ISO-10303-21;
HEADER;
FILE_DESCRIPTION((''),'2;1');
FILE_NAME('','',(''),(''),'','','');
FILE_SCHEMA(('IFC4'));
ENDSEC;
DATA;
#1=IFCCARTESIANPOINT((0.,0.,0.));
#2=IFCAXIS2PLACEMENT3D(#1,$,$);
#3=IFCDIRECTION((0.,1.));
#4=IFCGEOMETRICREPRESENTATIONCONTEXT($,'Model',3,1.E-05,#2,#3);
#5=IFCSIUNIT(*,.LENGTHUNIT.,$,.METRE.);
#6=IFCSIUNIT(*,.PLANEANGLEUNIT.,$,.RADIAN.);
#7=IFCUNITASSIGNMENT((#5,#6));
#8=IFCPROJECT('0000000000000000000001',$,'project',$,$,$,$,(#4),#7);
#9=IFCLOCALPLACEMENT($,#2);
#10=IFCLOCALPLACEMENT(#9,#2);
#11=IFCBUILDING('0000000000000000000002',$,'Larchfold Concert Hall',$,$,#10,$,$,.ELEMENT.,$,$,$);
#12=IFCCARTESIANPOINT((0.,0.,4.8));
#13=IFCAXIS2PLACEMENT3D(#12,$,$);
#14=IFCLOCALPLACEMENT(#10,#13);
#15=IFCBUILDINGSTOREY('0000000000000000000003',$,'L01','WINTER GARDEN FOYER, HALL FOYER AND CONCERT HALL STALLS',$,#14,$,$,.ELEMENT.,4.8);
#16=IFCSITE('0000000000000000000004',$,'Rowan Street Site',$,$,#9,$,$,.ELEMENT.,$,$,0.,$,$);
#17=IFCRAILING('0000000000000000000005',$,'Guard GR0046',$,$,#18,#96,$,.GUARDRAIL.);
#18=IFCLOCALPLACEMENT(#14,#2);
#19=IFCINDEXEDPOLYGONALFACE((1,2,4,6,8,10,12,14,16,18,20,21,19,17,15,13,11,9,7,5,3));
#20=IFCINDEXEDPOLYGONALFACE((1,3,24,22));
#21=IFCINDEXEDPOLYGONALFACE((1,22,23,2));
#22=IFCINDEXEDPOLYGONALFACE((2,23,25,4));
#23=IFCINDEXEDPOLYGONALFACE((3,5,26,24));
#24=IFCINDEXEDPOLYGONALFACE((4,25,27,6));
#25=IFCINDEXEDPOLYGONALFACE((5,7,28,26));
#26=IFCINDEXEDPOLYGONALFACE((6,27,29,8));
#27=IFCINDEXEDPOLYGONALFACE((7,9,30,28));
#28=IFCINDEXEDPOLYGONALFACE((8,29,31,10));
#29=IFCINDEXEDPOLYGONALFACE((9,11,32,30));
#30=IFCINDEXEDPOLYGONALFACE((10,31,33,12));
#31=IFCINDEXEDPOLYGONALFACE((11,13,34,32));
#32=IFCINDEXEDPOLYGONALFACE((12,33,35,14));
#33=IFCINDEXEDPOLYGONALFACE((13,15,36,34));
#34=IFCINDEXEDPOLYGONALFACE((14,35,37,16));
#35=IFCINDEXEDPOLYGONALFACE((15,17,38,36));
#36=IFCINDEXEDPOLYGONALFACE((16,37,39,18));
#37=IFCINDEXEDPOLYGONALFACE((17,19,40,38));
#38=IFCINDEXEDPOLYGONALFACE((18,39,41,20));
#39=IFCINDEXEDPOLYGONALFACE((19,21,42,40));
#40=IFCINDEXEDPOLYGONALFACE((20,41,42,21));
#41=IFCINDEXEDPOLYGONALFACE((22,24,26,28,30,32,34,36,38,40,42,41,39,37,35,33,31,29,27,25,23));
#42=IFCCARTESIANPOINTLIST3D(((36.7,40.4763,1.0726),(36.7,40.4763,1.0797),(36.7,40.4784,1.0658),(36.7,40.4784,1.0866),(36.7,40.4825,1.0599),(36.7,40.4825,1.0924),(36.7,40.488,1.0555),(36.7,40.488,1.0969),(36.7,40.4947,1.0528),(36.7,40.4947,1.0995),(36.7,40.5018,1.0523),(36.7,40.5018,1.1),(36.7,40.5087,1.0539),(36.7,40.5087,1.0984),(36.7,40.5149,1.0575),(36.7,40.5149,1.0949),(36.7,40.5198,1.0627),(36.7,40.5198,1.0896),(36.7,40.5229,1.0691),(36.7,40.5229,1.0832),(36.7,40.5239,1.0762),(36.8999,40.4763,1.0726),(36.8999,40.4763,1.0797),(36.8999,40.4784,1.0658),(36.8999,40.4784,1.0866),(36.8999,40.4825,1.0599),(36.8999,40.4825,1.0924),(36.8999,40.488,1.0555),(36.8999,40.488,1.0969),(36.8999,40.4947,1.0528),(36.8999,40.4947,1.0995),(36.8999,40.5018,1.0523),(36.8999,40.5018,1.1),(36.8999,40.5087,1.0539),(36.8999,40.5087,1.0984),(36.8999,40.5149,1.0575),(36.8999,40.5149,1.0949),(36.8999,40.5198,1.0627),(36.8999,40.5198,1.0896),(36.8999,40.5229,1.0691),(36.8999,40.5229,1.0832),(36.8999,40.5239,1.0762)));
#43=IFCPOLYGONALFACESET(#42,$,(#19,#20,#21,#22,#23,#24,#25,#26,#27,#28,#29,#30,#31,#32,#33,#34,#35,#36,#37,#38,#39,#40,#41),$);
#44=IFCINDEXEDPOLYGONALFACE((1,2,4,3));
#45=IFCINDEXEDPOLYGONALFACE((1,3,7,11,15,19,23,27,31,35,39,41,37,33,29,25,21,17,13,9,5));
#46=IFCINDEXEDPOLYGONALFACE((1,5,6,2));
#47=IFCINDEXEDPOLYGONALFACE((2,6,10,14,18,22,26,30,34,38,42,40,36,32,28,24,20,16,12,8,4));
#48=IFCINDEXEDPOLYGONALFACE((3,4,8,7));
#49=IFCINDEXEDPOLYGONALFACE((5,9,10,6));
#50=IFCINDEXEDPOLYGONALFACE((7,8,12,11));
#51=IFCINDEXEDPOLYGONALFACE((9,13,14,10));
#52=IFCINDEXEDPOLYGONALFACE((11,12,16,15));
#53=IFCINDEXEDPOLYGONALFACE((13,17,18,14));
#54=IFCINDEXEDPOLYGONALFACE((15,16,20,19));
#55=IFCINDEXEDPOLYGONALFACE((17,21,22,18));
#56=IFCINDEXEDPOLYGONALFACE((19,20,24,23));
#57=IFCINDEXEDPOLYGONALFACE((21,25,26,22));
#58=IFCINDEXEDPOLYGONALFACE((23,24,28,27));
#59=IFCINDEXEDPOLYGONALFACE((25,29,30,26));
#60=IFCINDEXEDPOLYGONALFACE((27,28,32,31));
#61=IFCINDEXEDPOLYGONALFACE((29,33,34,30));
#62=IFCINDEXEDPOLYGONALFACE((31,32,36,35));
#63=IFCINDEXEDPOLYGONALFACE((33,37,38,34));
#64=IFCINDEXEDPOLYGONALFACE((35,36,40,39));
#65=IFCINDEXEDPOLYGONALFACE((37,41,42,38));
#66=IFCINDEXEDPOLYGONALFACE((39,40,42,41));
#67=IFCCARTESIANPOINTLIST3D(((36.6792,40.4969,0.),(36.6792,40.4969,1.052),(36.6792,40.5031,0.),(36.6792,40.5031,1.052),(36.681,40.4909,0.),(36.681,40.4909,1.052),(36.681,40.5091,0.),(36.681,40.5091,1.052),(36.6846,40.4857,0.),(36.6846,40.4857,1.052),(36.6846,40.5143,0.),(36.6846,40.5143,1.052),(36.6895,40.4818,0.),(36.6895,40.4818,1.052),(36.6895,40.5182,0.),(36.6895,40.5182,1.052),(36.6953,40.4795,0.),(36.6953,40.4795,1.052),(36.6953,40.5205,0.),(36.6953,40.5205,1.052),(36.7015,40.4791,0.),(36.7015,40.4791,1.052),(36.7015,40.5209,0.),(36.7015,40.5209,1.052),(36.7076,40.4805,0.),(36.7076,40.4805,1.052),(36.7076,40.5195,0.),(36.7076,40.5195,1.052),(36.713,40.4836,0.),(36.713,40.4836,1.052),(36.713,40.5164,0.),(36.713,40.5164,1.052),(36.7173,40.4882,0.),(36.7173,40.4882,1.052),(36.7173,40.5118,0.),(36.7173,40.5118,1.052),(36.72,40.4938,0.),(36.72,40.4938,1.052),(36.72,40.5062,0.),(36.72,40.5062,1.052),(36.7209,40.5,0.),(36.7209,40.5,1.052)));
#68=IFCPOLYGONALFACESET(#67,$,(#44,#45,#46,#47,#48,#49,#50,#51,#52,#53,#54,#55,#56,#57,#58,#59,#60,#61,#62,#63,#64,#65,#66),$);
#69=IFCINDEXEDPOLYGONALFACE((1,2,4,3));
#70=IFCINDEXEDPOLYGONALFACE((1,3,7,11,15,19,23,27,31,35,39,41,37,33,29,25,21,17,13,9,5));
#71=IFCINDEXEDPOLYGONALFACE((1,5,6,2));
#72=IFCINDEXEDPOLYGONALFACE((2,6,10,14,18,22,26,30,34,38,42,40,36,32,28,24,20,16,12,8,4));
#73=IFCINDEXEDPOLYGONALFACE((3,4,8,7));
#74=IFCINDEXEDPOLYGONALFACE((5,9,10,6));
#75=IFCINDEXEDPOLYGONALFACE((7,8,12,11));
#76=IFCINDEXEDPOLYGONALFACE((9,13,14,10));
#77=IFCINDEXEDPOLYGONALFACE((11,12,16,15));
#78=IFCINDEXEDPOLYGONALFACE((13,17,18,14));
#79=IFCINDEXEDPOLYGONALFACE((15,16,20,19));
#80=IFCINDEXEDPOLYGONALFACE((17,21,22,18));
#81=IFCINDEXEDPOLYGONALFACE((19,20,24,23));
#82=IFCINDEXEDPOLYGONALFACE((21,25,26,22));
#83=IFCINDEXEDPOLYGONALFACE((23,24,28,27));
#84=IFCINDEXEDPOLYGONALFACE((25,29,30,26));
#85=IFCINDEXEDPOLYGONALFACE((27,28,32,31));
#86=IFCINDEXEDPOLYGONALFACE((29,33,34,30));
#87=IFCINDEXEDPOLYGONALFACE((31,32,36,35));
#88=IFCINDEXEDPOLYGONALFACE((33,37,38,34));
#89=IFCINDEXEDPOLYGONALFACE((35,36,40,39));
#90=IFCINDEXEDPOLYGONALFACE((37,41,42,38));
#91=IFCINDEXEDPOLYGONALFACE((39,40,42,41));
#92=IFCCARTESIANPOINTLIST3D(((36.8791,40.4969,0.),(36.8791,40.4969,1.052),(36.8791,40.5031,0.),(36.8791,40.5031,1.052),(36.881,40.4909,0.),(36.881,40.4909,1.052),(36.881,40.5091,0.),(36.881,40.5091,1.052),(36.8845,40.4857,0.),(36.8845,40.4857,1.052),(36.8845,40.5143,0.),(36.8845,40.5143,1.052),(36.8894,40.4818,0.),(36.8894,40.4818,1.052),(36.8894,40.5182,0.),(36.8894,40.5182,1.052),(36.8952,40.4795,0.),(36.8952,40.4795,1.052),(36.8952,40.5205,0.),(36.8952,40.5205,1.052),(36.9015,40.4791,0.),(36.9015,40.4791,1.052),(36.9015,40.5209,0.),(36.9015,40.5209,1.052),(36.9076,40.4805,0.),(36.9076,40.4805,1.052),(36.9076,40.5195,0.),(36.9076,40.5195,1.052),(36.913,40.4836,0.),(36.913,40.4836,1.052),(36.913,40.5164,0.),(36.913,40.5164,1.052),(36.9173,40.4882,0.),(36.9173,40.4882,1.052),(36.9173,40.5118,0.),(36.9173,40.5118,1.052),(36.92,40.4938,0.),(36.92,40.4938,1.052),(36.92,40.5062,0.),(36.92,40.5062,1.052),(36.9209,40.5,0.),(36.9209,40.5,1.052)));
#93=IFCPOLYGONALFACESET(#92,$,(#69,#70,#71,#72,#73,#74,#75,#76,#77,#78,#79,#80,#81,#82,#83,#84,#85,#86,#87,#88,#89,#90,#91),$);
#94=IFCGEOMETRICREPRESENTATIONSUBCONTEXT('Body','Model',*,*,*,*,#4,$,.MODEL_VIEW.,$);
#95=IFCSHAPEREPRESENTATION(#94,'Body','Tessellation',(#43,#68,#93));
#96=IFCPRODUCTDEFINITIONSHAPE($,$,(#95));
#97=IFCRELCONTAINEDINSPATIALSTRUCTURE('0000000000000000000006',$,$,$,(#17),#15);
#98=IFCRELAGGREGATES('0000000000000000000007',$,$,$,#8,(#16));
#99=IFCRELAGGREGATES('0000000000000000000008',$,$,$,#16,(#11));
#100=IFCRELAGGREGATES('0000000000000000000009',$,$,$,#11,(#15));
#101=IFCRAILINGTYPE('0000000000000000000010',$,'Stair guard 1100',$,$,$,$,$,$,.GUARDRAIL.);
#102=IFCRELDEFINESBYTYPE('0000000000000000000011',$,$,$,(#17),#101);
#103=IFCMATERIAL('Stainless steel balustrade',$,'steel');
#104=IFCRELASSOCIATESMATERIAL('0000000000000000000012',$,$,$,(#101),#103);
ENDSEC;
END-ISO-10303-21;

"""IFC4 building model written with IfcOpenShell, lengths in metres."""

from ifc_helpers import new_model, si_unit, direction, frame, origin, origin_2d, place, context, subcontext, project, spatial, circle, extrude, material, type_object, element, save


model = new_model("IFC4")

# Units and contexts
model_context = context("Model", 3, precision=1e-05, world=origin(), true_north=direction((0.0, 1.0)))
body_context = subcontext(model_context, "Body", "Model", "MODEL_VIEW")
ifc_project = project(units=[si_unit("LENGTHUNIT", "METRE"), si_unit("PLANEANGLEUNIT", "RADIAN")], contexts=[model_context])

# Site, building, storey
site_placement = place(None, origin())
site = spatial("IfcSite", under=ifc_project, at=site_placement, Name="Rowan Street Site", CompositionType="ELEMENT", RefElevation=0.0)
building_placement = place(site_placement, origin())
building = spatial("IfcBuilding", under=site, at=building_placement, Name="Larchfold Concert Hall", CompositionType="ELEMENT")
storey_placement = place(building_placement, frame((0.0, 0.0, 4.8)))
storey = spatial("IfcBuildingStorey", under=building, at=storey_placement, Name="L01", Description="WINTER GARDEN FOYER, HALL FOYER AND CONCERT HALL STALLS", CompositionType="ELEMENT", Elevation=4.8)

# Railing
ifc_material_1 = material(Name="Stainless steel balustrade", Category="steel")
railing_type_1 = type_object("IfcRailingType", Name="Stair guard 1100", PredefinedType="GUARDRAIL", material=ifc_material_1)
railing_1_placement = place(storey_placement, frame((36.7, 40.5, 0.0)))
element("IfcRailing", 1, at=railing_1_placement, inside=storey, type_object=railing_type_1, Name="Guard GR0046", PredefinedType="GUARDRAIL", context=body_context, shape_type="SweptSolid", body=[
    extrude(circle(Radius=0.0239, at=origin_2d()), frame((0.0, 0.0, 1.0762), z_axis=(1.0, 0.0, 0.0), x_axis=(0.0, 1.0, 0.0)), (0.0, 0.0, 1.0), 0.2),
    extrude(circle(Radius=0.021, at=origin_2d()), origin(), (0.0, 0.0, 1.0), 1.052),
    extrude(circle(Radius=0.021, at=origin_2d()), frame((0.2, 0.0, 0.0)), (0.0, 0.0, 1.0), 1.052),
])

save(model, "model.ifc")
